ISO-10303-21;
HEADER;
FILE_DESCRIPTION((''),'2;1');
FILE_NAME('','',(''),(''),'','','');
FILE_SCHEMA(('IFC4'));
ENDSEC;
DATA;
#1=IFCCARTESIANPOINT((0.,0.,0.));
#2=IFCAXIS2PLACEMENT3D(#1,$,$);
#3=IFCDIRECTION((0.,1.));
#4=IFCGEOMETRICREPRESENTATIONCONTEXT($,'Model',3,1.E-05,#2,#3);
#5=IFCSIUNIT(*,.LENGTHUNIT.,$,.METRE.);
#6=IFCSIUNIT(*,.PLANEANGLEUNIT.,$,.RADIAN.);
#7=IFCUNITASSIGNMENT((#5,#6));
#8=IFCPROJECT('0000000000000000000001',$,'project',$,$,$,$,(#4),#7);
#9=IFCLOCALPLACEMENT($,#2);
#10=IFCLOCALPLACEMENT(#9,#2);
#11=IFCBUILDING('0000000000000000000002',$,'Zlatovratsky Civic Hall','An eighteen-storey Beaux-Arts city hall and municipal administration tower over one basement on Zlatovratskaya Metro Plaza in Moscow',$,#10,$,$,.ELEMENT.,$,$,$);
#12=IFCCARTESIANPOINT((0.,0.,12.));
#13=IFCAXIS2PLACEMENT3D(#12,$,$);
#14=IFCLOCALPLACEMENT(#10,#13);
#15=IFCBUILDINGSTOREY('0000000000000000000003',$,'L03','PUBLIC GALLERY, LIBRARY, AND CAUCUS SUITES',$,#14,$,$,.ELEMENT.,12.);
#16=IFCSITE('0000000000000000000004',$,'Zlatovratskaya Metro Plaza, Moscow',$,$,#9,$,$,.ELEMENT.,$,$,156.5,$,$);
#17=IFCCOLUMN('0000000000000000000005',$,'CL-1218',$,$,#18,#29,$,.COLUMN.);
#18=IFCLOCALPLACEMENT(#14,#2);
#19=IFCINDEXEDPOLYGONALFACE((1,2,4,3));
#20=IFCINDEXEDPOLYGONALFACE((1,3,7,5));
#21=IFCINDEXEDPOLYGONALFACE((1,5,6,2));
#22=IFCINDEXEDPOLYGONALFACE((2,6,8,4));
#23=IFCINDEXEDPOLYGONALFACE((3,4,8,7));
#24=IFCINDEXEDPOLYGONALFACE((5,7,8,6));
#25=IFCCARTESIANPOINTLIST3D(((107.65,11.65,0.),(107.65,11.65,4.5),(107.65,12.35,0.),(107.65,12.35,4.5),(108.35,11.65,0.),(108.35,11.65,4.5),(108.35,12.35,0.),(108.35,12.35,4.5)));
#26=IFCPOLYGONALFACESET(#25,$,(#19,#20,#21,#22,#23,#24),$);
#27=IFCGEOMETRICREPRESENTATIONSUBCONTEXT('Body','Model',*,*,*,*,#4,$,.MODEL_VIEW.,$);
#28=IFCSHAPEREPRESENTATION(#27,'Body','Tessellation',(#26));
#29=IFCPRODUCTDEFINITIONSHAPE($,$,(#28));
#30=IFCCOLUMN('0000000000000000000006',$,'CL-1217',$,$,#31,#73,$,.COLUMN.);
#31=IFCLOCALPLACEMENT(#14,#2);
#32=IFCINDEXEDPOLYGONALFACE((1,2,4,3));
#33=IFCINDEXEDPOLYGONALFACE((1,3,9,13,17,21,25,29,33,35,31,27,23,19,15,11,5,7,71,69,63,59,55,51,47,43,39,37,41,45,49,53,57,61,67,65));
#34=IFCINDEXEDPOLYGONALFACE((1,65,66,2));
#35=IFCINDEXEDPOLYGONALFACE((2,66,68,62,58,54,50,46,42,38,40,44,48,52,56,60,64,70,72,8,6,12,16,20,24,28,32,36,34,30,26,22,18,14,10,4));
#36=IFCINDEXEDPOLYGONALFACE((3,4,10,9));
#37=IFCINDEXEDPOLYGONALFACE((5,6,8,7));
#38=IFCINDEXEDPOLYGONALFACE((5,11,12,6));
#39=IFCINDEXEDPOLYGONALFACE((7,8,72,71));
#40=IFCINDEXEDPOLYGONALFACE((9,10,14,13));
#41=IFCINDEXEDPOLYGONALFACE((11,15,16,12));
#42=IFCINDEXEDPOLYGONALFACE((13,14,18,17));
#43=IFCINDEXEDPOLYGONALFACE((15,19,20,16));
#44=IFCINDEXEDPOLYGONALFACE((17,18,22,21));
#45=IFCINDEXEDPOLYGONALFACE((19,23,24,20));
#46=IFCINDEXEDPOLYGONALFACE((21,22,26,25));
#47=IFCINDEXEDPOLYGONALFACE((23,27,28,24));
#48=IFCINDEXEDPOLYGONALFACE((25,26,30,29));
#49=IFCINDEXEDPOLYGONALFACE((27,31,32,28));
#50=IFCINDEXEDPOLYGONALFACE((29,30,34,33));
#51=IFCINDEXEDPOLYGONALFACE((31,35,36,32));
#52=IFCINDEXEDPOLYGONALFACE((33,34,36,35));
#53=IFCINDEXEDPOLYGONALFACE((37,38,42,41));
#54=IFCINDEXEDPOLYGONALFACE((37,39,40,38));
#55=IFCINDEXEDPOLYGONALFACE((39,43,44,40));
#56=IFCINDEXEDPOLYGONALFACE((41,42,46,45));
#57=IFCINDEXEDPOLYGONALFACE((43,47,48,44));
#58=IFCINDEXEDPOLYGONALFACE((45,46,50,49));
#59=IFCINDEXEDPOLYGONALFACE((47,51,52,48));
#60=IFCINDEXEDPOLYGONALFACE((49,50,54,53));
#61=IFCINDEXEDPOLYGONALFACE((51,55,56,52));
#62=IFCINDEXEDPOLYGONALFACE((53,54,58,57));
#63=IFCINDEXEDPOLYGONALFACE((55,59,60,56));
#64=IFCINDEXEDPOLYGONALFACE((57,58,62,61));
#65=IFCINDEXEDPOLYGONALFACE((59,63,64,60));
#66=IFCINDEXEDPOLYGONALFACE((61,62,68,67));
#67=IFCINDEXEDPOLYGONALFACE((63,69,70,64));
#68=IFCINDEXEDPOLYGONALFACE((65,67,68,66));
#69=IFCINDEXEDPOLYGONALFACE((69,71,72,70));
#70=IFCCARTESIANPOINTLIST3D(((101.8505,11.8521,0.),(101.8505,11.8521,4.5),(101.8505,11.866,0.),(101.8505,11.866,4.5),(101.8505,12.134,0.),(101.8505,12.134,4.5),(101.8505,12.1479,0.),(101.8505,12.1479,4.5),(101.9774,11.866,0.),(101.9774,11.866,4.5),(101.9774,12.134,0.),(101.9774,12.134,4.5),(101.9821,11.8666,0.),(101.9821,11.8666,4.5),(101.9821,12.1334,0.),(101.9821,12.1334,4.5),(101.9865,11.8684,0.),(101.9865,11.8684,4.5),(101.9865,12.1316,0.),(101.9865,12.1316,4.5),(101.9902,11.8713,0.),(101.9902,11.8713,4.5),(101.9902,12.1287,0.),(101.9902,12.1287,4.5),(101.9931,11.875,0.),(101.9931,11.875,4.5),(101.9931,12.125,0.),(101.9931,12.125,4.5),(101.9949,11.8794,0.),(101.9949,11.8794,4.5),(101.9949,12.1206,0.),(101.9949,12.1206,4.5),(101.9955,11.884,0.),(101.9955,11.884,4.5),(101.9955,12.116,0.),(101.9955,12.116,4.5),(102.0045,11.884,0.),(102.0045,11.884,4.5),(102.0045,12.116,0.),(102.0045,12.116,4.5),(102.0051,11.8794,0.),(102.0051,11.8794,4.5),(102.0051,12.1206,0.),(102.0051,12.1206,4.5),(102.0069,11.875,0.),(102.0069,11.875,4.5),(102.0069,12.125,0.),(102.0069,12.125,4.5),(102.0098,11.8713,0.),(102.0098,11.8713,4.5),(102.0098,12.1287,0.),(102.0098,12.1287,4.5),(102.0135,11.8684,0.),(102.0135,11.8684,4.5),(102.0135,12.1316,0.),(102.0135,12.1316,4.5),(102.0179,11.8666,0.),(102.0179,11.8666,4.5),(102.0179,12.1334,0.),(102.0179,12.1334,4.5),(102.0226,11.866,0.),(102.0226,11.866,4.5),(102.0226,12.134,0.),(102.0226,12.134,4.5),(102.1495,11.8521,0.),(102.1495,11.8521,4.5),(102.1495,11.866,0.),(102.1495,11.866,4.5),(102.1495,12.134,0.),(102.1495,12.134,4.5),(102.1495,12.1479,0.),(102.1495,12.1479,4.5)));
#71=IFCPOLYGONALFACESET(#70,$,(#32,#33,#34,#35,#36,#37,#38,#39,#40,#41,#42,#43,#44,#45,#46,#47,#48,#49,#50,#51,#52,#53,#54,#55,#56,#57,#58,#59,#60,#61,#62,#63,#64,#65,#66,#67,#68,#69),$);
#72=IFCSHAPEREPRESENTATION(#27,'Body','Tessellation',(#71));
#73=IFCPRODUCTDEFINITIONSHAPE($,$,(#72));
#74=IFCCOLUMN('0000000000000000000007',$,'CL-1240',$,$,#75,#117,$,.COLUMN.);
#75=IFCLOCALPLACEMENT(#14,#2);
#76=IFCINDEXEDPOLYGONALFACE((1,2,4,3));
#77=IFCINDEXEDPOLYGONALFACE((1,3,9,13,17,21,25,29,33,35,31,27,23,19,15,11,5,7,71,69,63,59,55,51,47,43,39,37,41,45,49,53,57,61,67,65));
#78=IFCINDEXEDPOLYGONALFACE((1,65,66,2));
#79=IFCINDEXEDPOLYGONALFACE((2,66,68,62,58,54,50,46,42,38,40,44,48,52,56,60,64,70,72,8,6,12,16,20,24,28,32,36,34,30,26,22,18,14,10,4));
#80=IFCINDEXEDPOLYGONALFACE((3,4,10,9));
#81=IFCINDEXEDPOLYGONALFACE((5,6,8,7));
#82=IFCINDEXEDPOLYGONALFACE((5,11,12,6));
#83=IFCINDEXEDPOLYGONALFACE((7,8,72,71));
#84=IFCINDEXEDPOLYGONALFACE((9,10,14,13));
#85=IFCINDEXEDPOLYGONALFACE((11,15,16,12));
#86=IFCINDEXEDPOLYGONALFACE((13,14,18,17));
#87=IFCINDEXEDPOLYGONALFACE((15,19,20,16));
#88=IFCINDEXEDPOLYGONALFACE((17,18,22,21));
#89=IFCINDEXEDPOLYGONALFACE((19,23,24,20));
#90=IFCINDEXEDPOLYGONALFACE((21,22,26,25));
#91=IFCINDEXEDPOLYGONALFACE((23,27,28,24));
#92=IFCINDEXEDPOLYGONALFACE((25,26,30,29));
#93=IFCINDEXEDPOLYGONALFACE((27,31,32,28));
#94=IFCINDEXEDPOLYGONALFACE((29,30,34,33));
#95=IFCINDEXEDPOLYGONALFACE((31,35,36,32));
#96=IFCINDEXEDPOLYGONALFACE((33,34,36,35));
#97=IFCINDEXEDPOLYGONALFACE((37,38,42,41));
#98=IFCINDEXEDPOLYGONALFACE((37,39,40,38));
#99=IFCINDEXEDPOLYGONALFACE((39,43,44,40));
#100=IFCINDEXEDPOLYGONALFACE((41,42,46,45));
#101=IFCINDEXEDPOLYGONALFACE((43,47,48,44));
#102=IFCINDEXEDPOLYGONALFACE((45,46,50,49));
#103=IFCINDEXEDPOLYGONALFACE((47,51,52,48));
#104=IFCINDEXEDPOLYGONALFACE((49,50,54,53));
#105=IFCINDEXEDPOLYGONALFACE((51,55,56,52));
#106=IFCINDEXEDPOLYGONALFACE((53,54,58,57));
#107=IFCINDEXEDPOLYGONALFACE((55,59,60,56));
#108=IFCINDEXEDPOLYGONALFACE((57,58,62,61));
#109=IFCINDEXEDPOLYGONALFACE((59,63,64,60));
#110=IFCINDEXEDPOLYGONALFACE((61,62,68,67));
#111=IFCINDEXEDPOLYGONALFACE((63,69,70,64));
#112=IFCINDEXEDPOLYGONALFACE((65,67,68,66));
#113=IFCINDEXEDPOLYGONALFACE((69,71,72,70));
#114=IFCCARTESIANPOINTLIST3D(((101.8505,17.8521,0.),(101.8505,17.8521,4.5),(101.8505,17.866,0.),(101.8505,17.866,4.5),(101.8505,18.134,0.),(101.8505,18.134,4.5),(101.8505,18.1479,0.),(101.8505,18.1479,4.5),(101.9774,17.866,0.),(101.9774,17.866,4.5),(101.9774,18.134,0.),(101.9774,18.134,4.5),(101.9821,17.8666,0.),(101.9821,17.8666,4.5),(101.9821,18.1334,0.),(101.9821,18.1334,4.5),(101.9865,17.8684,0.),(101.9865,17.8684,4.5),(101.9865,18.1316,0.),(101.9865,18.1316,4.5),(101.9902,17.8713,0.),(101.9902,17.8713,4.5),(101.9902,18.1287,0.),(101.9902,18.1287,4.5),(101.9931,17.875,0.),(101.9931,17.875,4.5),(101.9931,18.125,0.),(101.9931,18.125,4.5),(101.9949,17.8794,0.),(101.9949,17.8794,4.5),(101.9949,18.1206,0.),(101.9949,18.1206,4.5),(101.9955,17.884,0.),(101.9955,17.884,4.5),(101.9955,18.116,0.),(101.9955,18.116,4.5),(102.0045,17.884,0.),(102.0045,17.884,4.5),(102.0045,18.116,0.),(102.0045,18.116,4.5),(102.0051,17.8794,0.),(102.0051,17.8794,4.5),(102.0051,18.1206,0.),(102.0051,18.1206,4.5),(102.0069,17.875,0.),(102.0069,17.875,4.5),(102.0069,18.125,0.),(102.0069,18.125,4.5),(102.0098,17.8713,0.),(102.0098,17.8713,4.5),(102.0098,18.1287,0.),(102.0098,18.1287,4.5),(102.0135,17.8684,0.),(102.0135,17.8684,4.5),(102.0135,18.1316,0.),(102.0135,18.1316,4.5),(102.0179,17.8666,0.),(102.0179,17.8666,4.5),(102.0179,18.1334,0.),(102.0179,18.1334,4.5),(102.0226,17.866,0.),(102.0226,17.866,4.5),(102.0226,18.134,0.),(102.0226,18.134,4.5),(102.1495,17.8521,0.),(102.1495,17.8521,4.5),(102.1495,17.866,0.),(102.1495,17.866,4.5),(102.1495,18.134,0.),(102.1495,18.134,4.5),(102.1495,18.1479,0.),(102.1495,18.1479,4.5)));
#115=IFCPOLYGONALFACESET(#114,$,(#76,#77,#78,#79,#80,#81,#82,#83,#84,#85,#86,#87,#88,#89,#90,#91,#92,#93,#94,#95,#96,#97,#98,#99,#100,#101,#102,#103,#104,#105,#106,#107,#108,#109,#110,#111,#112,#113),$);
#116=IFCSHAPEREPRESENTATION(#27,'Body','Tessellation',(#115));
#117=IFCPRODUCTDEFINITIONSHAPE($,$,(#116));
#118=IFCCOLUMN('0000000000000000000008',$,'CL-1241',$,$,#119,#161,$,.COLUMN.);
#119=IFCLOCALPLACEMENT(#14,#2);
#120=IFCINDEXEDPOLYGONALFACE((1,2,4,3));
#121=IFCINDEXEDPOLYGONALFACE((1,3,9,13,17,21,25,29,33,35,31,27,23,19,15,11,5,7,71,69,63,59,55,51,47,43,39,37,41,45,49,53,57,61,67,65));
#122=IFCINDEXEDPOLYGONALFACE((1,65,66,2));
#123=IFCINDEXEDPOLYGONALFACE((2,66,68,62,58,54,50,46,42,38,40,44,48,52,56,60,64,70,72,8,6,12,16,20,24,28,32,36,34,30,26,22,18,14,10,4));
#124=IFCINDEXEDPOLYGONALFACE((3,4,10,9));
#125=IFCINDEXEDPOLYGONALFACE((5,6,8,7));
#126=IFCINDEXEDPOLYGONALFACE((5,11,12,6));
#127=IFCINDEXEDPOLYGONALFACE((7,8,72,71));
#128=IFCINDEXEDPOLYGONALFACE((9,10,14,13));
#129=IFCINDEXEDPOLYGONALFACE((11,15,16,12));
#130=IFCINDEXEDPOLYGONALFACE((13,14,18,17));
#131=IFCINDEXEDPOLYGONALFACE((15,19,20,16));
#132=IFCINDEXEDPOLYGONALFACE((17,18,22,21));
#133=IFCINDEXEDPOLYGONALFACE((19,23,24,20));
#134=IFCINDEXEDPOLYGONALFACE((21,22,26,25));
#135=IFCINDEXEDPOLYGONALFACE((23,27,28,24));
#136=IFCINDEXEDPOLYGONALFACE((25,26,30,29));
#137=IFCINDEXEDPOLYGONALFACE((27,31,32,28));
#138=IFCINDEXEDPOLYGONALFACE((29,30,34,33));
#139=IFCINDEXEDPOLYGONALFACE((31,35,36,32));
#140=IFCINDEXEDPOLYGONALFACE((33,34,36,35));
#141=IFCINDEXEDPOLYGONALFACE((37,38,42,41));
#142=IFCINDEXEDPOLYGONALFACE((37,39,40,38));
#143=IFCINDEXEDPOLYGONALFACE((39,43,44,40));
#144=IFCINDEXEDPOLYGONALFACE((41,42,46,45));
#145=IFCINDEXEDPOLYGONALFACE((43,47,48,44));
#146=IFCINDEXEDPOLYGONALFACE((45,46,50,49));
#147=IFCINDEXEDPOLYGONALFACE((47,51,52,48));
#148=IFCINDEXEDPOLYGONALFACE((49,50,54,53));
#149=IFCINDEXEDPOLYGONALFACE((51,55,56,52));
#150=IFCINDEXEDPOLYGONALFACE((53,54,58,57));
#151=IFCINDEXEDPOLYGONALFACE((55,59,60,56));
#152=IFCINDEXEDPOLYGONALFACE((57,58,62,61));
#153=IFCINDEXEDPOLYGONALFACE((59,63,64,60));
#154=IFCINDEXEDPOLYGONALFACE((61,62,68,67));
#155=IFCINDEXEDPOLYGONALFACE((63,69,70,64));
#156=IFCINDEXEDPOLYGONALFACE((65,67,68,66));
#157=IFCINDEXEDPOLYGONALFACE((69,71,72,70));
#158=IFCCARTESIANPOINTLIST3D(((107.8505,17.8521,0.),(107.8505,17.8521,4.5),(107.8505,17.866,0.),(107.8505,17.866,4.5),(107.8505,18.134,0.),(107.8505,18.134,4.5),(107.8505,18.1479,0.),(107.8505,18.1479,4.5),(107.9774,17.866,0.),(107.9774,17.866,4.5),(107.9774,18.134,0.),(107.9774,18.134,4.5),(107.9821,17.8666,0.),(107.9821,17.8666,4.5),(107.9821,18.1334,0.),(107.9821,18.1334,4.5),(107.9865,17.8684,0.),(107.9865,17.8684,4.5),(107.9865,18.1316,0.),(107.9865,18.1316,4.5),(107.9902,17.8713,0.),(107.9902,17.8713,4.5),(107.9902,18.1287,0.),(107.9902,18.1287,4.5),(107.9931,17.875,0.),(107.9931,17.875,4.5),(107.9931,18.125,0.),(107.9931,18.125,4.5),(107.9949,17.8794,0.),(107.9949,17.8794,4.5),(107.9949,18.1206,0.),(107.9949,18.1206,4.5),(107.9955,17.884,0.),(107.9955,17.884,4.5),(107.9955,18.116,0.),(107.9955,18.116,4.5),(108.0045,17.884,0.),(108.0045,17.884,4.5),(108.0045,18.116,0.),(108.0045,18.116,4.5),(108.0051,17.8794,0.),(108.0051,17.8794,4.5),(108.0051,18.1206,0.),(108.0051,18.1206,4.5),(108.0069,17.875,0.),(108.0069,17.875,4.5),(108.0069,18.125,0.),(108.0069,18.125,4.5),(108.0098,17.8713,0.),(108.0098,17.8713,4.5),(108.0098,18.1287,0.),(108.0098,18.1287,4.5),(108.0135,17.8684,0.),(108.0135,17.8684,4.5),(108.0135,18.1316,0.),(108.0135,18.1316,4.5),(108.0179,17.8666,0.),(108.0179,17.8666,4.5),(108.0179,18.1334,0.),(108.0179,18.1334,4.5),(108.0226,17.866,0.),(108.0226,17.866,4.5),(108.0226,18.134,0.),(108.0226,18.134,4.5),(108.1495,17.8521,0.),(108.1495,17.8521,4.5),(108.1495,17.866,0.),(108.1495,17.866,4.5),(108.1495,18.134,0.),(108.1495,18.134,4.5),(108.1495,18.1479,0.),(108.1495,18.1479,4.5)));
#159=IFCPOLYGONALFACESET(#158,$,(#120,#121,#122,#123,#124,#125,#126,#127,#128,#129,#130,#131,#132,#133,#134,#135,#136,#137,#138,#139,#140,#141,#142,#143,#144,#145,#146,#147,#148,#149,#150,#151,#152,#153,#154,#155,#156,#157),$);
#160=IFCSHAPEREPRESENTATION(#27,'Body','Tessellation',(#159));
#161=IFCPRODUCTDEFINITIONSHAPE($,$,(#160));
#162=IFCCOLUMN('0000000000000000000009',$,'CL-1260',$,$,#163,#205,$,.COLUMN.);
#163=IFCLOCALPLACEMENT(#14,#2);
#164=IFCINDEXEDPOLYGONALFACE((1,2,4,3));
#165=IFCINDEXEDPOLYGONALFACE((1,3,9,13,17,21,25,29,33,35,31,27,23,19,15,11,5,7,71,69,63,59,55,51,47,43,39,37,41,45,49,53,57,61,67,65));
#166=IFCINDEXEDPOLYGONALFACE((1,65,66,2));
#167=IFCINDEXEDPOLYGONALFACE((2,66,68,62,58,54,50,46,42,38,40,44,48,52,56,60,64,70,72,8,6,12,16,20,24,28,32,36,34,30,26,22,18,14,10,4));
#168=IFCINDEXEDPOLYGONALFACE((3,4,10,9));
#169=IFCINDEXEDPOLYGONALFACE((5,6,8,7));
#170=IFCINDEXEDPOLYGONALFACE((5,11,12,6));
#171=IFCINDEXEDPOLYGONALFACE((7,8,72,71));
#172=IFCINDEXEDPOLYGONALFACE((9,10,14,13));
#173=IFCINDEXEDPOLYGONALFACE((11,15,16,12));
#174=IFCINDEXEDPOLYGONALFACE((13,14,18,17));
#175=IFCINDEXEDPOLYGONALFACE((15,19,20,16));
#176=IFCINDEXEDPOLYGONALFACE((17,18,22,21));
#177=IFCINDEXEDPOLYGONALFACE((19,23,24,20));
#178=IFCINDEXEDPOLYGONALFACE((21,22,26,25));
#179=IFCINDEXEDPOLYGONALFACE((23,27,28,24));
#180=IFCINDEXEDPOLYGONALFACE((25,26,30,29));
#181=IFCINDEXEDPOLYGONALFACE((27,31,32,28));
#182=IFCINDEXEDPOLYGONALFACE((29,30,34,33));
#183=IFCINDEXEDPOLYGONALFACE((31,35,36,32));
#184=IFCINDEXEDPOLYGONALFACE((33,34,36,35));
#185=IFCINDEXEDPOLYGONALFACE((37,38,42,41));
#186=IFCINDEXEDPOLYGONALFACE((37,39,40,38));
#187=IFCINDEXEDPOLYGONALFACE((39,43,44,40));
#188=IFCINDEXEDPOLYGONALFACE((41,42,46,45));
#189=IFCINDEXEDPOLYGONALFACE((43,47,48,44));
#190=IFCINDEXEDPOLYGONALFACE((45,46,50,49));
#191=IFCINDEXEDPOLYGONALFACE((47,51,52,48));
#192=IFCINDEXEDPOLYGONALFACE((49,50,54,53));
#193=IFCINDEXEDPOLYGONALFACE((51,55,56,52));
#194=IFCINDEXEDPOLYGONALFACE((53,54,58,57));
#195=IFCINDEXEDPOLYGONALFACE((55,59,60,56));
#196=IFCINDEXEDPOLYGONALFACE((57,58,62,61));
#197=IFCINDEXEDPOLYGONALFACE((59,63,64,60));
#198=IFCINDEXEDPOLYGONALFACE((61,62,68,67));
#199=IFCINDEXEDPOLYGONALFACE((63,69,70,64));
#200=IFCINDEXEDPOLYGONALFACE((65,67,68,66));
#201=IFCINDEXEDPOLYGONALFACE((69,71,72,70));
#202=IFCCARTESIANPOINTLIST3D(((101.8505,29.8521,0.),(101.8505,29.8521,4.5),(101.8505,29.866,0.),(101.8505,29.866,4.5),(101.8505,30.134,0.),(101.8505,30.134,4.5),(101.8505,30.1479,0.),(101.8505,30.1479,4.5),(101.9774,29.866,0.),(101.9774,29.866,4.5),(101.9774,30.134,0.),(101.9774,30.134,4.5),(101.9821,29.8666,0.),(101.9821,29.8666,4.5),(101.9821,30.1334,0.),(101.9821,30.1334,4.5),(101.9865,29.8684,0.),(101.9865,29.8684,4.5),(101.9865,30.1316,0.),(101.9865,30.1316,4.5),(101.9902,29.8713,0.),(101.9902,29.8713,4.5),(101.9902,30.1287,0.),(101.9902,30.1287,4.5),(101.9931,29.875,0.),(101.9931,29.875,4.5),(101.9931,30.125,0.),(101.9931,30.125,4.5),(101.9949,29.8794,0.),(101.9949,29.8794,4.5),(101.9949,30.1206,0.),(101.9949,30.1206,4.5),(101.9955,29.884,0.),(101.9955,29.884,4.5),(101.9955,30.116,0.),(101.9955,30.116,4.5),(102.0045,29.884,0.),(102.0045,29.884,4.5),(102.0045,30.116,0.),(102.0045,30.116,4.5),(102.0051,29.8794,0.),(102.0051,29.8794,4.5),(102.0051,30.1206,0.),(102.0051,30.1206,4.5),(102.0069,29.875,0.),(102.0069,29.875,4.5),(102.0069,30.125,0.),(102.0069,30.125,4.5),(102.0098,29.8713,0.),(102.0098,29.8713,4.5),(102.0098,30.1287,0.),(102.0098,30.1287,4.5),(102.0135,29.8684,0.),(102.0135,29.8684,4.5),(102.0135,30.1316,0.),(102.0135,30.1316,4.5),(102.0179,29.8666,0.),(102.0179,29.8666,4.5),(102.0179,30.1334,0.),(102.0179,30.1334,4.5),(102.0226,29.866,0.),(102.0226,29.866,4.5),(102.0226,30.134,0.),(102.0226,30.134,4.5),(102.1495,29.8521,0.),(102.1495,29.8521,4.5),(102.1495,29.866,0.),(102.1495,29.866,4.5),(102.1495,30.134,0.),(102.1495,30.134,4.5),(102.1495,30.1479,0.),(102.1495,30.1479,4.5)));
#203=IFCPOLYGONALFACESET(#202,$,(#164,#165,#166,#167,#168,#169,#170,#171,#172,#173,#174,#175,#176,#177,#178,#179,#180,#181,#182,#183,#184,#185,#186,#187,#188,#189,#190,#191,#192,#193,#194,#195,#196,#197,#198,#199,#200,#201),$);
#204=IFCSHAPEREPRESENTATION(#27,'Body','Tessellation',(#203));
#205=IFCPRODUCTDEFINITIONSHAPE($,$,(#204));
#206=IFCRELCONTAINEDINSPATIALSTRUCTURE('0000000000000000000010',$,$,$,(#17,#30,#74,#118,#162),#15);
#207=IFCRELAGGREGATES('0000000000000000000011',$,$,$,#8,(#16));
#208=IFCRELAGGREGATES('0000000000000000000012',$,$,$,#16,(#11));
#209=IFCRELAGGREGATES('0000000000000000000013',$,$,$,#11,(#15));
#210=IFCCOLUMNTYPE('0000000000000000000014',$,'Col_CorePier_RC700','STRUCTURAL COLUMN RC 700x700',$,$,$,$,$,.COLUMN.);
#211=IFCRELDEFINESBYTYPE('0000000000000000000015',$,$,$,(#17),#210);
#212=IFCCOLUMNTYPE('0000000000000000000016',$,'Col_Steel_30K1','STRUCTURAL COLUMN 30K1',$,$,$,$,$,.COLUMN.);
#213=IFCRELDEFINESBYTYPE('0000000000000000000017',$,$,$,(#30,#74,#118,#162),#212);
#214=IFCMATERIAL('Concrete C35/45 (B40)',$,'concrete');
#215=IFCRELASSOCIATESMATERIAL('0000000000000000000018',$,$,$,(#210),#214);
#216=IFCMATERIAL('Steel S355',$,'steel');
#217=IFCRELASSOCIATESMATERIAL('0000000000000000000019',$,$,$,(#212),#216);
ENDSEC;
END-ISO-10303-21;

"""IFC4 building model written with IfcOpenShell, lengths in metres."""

from ifc_helpers import new_model, si_unit, direction, frame, origin, origin_2d, place, context, subcontext, project, spatial, rectangle, i_section, extrude, material, material_profile, profile_set, type_object, element, save


model = new_model("IFC4")

# Units and contexts
model_context = context("Model", 3, precision=1e-05, world=origin(), true_north=direction((0.0, 1.0)))
body_context = subcontext(model_context, "Body", "Model", "MODEL_VIEW")
ifc_project = project(units=[si_unit("LENGTHUNIT", "METRE"), si_unit("PLANEANGLEUNIT", "RADIAN")], contexts=[model_context])

# Site, building, storey
site_placement = place(None, origin())
site = spatial("IfcSite", under=ifc_project, at=site_placement, Name="Zlatovratskaya Metro Plaza, Moscow", CompositionType="ELEMENT", RefElevation=156.5)
building_placement = place(site_placement, origin())
building = spatial("IfcBuilding", under=site, at=building_placement, Name="Zlatovratsky Civic Hall", Description="An eighteen-storey Beaux-Arts city hall and municipal administration tower over one basement on Zlatovratskaya Metro Plaza in Moscow", CompositionType="ELEMENT")
storey_placement = place(building_placement, frame((0.0, 0.0, 12.0)))
storey = spatial("IfcBuildingStorey", under=building, at=storey_placement, Name="L03", Description="PUBLIC GALLERY, LIBRARY, AND CAUCUS SUITES", CompositionType="ELEMENT", Elevation=12.0)

# Columns
ifc_material_1 = material(Name="Concrete C35/45 (B40)", Category="concrete")
ifc_material_profile_1 = material_profile(ifc_material_1, rectangle(XDim=0.7, YDim=0.7, at=origin_2d()), Name="RC 700x700")
ifc_profile_set_1 = profile_set([ifc_material_profile_1], Name="Concrete C35/45 (B40)")
column_type_1 = type_object("IfcColumnType", Name="Col_CorePier_RC700", Description="STRUCTURAL COLUMN RC 700x700", PredefinedType="COLUMN", material=ifc_profile_set_1)
column_placement = place(storey_placement, frame((108.0, 12.0, 0.0), z_axis=(0.0, 0.0, 1.0), x_axis=(1.0, 0.0, 0.0)))
element("IfcColumn", 1, at=column_placement, inside=storey, type_object=column_type_1, Name="CL-1218", PredefinedType="COLUMN", context=body_context, shape_type="SweptSolid", body=[
    extrude(rectangle(XDim=0.7, YDim=0.7, at=origin_2d()), origin(), (0.0, 0.0, 1.0), 4.5),
])
ifc_material_2 = material(Name="Steel S355", Category="steel")
ifc_material_profile_2 = material_profile(ifc_material_2, i_section(OverallWidth=0.2991, OverallDepth=0.2959, WebThickness=0.009, FlangeThickness=0.0139, FilletRadius=0.0181, at=origin_2d()), Name="30K1")
ifc_profile_set_2 = profile_set([ifc_material_profile_2], Name="Steel S355")
column_type_2 = type_object("IfcColumnType", Name="Col_Steel_30K1", Description="STRUCTURAL COLUMN 30K1", PredefinedType="COLUMN", material=ifc_profile_set_2)
for number, where, z_axis, x_axis, name in (
    (2, (102.0, 12.0, 0.0), (0.0, 0.0, 1.0), (1.0, 0.0, 0.0), "CL-1217"),
    (3, (102.0, 18.0, 0.0), (0.0, 0.0, 1.0), (1.0, 0.0, 0.0), "CL-1240"),
    (4, (108.0, 18.0, 0.0), (0.0, 0.0, 1.0), (1.0, 0.0, 0.0), "CL-1241"),
    (5, (102.0, 30.0, 0.0), (0.0, 0.0, 1.0), (1.0, 0.0, 0.0), "CL-1260"),
):
    element("IfcColumn", number, at=place(storey_placement, frame(where, z_axis=z_axis, x_axis=x_axis)), inside=storey, type_object=column_type_2, Name=name, PredefinedType="COLUMN", context=body_context, shape_type="SweptSolid", body=[
        extrude(i_section(OverallWidth=0.2991, OverallDepth=0.2959, WebThickness=0.009, FlangeThickness=0.0139, FilletRadius=0.0181, at=origin_2d()), origin(), (0.0, 0.0, 1.0), 4.5),
    ])

save(model, "model.ifc")
